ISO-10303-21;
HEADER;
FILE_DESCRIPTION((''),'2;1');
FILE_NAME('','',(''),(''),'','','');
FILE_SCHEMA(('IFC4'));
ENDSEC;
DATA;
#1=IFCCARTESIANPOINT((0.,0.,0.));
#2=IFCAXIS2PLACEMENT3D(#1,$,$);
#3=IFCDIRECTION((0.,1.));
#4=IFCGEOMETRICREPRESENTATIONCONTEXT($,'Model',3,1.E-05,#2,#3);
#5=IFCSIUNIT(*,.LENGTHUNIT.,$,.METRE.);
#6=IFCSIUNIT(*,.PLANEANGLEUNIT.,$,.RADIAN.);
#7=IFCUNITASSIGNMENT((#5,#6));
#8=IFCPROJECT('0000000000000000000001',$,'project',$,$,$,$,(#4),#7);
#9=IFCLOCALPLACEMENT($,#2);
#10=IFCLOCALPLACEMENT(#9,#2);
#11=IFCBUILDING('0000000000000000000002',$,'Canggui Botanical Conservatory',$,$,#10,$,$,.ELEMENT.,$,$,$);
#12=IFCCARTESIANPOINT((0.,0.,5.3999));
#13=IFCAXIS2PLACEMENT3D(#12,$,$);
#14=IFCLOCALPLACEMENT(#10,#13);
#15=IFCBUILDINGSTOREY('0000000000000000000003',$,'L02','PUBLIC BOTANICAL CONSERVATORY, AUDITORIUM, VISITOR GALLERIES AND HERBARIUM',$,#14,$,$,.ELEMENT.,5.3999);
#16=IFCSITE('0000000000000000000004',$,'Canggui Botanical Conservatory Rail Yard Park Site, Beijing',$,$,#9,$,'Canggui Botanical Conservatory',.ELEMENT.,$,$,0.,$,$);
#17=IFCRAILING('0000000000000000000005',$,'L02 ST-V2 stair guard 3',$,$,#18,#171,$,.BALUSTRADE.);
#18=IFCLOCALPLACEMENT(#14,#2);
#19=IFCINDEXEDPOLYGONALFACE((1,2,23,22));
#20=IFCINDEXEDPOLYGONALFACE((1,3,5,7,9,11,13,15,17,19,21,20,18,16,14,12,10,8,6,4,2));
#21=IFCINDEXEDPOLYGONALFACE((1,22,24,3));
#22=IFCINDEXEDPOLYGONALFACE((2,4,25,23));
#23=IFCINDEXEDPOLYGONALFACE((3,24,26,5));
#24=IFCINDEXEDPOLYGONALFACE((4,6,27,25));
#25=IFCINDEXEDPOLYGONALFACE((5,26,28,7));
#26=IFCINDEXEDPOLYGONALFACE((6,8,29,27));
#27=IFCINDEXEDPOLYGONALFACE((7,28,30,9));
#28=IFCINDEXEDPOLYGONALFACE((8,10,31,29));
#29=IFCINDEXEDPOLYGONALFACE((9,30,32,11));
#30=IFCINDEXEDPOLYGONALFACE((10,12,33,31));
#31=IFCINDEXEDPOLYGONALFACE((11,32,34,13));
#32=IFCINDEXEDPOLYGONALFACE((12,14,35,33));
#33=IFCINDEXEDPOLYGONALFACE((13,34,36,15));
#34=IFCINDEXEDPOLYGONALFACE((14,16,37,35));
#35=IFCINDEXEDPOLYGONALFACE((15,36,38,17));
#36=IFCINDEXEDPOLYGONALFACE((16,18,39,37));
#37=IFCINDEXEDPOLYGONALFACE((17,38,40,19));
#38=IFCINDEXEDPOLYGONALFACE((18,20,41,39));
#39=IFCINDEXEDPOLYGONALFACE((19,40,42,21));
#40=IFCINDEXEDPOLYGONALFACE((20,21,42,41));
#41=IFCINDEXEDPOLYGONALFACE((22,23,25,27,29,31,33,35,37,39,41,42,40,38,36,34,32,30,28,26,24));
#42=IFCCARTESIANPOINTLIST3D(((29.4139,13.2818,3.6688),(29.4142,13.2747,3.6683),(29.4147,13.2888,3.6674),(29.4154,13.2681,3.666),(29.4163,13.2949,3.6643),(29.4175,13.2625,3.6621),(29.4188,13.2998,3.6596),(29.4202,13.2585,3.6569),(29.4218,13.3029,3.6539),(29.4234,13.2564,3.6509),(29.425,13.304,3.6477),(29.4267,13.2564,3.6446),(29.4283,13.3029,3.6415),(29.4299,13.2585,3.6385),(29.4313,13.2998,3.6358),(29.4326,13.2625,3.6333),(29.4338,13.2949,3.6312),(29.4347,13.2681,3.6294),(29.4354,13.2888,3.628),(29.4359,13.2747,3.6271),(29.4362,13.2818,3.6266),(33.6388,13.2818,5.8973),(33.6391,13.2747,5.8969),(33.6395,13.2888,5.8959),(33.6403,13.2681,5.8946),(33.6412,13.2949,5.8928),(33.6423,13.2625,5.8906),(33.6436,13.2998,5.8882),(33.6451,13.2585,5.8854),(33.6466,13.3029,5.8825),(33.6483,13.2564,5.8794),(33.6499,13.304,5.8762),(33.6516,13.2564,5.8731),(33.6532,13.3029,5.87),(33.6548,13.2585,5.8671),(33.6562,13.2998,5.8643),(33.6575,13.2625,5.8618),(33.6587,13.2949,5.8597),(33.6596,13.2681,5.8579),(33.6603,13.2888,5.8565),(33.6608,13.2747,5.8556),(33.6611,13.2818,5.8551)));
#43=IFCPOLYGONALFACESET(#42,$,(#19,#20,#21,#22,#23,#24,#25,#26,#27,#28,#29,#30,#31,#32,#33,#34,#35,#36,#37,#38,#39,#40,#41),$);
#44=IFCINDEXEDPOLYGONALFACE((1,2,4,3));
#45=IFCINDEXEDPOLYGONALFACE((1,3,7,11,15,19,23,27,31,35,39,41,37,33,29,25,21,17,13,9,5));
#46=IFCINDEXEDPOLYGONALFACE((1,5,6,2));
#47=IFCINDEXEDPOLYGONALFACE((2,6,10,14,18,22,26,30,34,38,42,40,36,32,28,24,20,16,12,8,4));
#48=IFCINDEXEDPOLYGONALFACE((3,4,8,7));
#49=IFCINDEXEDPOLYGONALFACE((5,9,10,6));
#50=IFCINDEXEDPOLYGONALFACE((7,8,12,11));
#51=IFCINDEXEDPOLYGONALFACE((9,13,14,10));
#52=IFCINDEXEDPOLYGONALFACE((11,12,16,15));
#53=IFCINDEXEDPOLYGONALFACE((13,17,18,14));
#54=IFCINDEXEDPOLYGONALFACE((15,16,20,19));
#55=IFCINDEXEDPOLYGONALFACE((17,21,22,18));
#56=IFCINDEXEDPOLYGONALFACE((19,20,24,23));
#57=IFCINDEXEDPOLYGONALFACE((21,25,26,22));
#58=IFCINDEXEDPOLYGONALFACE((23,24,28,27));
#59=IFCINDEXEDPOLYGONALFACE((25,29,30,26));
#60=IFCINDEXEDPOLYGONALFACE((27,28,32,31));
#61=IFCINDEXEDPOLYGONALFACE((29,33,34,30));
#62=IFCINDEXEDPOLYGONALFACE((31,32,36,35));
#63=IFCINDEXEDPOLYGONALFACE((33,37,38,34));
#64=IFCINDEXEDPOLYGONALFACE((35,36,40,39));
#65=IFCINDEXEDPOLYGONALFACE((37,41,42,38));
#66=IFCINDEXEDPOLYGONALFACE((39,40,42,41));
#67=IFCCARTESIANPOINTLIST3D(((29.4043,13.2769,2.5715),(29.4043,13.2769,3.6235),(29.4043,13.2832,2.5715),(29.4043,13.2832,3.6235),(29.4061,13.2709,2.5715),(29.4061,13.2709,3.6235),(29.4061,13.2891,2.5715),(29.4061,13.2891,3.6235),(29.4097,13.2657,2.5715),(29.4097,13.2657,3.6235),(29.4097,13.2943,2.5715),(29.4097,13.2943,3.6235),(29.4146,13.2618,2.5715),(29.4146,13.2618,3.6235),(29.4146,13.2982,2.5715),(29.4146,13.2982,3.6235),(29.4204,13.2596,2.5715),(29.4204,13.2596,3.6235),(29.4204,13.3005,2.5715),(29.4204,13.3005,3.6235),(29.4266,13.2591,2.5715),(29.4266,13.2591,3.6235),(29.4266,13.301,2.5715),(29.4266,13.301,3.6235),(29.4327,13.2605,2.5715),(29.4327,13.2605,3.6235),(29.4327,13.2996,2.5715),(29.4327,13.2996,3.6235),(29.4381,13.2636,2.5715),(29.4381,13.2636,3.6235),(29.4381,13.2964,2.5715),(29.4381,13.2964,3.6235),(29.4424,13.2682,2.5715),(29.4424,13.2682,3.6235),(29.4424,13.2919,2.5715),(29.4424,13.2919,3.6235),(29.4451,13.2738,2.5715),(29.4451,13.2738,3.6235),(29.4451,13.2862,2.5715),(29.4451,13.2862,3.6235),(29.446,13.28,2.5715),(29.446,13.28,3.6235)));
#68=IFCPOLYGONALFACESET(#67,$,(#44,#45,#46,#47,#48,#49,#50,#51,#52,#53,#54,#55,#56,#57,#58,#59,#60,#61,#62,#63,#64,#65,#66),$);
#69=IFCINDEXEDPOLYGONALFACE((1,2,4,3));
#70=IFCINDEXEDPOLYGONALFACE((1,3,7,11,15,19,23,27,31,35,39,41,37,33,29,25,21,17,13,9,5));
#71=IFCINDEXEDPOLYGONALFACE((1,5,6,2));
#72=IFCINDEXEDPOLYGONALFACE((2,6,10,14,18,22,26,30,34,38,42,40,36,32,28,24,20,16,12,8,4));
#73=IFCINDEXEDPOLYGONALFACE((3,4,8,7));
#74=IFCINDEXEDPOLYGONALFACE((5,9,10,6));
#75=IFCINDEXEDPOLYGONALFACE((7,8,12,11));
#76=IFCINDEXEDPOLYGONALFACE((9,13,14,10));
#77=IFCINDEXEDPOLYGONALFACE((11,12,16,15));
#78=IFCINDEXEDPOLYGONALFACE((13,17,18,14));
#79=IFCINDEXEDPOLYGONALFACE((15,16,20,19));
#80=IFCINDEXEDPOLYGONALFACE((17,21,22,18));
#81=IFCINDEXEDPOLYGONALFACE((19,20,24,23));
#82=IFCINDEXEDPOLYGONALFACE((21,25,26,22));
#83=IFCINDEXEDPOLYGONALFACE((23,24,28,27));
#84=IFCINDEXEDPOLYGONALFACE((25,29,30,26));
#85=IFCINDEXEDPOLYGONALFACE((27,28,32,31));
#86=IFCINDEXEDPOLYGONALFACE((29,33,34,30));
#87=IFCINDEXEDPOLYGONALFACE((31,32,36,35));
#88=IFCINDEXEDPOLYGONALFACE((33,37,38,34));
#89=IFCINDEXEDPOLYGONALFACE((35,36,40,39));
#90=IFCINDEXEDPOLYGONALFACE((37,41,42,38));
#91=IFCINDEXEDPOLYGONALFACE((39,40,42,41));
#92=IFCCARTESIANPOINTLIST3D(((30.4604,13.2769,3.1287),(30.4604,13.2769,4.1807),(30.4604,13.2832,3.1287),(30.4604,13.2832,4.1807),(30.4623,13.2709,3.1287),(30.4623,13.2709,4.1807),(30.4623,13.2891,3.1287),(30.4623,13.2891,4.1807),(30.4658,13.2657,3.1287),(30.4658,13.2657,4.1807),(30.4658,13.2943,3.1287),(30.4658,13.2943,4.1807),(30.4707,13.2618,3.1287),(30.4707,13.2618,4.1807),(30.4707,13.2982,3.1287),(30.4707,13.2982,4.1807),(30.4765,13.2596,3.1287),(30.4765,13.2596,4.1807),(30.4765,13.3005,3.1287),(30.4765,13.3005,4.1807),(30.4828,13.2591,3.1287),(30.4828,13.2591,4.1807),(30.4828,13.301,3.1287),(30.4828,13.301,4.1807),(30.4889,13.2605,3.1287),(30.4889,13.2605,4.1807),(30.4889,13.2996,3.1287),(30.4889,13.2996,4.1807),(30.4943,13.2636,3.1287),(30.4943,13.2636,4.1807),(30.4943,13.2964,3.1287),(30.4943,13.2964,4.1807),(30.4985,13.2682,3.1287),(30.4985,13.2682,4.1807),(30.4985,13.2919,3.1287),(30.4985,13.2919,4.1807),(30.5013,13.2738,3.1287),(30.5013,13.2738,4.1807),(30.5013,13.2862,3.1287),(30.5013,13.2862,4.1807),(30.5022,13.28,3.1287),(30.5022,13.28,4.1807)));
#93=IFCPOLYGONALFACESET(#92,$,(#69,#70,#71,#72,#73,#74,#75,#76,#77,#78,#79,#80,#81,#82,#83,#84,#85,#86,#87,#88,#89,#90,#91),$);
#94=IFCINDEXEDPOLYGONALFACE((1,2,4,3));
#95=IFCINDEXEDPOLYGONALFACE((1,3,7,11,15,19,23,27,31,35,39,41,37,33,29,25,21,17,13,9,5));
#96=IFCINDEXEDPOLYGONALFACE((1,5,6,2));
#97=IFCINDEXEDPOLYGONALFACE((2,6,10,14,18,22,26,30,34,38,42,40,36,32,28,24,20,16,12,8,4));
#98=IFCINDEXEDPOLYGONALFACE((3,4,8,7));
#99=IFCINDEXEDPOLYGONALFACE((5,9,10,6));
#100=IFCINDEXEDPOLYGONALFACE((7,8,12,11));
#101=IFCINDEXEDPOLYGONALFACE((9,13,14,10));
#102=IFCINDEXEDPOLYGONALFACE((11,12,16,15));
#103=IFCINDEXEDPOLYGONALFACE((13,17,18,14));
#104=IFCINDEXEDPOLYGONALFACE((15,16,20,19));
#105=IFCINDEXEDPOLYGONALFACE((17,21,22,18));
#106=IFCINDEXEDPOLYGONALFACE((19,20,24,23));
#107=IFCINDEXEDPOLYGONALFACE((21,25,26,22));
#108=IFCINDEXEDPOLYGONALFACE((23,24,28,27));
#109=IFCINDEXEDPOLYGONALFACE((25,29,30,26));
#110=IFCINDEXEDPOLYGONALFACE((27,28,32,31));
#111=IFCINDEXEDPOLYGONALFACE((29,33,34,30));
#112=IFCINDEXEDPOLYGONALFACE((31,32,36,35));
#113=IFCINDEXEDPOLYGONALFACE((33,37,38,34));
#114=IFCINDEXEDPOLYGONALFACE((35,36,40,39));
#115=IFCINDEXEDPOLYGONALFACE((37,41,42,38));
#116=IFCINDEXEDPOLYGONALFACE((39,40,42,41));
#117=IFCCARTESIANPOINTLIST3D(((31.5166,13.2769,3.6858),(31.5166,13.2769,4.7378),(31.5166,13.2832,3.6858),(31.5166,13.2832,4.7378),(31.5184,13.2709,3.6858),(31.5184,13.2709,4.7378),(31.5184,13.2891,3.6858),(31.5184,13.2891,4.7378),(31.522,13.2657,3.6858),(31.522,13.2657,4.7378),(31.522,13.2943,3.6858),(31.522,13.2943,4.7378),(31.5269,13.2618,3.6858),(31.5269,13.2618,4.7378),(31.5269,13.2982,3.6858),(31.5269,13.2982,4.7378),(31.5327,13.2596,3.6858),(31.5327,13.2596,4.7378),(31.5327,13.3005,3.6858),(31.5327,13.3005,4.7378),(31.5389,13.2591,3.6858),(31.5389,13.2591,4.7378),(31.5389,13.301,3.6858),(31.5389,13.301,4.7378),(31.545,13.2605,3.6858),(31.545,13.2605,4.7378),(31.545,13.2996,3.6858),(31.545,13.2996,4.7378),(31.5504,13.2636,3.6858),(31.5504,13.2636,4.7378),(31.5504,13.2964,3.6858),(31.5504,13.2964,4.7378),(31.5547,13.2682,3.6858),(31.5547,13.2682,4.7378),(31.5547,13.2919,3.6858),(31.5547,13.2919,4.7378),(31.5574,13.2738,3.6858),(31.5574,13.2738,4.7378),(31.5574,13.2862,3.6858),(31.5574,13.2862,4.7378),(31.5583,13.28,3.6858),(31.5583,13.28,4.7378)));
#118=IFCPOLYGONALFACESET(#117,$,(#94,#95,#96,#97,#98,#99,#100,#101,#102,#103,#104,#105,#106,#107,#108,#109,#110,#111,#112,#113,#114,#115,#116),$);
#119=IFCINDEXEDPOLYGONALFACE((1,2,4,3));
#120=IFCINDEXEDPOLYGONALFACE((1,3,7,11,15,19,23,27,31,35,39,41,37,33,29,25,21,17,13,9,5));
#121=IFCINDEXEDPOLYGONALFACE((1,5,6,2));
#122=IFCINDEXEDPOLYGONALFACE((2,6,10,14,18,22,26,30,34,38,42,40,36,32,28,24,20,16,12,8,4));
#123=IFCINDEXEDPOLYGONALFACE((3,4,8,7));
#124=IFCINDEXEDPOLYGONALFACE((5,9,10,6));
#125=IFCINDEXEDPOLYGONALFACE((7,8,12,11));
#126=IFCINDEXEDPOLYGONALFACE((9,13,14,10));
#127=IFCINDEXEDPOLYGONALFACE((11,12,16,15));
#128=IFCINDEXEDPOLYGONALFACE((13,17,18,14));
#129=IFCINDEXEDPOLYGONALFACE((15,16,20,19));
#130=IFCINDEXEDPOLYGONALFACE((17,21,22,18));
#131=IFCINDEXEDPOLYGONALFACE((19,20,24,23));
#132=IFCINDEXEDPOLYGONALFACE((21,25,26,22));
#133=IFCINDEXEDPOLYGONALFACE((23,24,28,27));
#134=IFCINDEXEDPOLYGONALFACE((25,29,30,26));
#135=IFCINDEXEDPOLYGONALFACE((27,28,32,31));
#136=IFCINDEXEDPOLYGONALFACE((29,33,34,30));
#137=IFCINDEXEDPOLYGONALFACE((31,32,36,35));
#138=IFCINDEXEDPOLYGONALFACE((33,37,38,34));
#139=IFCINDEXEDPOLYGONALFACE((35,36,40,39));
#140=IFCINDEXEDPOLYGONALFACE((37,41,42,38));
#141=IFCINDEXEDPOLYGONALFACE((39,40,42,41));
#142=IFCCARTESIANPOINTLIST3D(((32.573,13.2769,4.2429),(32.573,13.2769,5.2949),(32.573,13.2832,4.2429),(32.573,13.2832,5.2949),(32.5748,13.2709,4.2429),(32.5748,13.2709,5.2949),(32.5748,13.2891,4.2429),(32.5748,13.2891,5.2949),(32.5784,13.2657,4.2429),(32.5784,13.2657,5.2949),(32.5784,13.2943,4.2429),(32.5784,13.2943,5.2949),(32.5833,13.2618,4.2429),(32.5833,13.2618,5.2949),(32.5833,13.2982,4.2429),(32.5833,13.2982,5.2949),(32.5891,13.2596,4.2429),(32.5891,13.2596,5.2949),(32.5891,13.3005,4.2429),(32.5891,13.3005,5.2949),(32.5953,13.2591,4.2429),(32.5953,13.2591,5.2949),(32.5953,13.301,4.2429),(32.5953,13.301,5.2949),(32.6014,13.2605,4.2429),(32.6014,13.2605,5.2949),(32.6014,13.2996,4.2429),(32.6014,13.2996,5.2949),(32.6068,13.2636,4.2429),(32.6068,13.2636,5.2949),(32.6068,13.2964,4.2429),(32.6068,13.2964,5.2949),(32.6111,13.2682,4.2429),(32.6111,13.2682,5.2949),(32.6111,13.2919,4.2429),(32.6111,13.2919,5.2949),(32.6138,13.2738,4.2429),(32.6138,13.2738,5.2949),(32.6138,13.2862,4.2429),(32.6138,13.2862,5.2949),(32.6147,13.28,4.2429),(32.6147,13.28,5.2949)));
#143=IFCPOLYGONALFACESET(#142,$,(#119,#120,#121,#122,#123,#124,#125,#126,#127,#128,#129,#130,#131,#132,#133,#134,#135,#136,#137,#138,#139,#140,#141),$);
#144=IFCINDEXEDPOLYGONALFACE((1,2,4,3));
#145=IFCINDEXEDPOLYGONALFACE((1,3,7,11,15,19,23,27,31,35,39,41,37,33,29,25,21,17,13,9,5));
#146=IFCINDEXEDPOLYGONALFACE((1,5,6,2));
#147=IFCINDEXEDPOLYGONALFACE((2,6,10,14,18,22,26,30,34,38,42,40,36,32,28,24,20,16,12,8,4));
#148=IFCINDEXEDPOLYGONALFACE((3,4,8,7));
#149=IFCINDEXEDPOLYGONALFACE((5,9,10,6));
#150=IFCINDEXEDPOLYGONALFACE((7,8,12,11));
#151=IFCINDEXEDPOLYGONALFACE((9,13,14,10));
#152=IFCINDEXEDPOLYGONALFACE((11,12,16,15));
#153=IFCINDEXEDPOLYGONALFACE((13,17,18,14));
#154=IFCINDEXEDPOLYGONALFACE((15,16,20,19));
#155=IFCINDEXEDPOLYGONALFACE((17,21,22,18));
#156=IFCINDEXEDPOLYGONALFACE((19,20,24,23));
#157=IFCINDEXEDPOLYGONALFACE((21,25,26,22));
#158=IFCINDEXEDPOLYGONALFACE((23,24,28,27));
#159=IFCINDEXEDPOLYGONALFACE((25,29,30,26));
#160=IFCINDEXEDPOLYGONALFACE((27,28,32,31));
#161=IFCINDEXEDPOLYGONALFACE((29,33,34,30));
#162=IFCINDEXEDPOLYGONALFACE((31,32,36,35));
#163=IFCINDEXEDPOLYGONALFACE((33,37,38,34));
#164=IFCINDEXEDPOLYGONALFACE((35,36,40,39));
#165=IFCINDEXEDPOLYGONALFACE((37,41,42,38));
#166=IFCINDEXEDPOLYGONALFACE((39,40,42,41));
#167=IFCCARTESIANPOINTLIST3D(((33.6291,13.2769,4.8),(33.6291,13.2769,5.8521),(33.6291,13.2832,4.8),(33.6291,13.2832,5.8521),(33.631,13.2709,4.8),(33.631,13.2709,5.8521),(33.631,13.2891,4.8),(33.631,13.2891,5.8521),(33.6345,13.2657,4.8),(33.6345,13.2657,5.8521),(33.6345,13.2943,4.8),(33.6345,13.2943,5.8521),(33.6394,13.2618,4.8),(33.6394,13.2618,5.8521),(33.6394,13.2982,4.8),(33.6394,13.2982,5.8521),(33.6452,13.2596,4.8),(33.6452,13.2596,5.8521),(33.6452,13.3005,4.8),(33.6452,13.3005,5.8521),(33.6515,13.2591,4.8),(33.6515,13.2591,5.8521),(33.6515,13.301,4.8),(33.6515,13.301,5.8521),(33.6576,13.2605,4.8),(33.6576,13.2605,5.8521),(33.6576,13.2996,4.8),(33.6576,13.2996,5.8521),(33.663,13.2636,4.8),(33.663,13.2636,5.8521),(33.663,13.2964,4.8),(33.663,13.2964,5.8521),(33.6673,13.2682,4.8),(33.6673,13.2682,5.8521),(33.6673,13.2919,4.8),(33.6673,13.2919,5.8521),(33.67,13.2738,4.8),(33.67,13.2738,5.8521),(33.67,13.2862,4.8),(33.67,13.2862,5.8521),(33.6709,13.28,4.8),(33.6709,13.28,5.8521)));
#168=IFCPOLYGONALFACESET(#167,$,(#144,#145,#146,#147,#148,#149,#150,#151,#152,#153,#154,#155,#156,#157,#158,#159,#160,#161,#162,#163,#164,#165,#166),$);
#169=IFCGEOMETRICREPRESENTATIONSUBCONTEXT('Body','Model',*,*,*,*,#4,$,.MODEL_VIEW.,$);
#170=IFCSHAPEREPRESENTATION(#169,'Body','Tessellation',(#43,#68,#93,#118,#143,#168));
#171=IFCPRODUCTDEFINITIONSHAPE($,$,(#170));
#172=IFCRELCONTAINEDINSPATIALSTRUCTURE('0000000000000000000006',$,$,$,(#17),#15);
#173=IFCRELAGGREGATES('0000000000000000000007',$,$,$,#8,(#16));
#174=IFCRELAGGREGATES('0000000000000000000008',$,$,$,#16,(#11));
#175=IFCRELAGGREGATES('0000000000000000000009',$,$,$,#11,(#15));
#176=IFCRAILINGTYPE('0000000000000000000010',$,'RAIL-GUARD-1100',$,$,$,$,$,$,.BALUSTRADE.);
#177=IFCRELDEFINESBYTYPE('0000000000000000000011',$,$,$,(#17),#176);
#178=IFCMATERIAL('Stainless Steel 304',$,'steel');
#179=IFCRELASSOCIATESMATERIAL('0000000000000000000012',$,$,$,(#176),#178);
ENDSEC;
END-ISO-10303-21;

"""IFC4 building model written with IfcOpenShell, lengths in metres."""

from ifc_helpers import new_model, si_unit, direction, frame, origin, origin_2d, place, context, subcontext, project, spatial, circle, extrude, material, type_object, element, save


model = new_model("IFC4")

# Units and contexts
model_context = context("Model", 3, precision=1e-05, world=origin(), true_north=direction((0.0, 1.0)))
body_context = subcontext(model_context, "Body", "Model", "MODEL_VIEW")
ifc_project = project(units=[si_unit("LENGTHUNIT", "METRE"), si_unit("PLANEANGLEUNIT", "RADIAN")], contexts=[model_context])

# Site, building, storey
site_placement = place(None, origin())
site = spatial("IfcSite", under=ifc_project, at=site_placement, Name="Canggui Botanical Conservatory Rail Yard Park Site, Beijing", LongName="Canggui Botanical Conservatory", CompositionType="ELEMENT", RefElevation=0.0)
building_placement = place(site_placement, origin())
building = spatial("IfcBuilding", under=site, at=building_placement, Name="Canggui Botanical Conservatory", CompositionType="ELEMENT")
storey_placement = place(building_placement, frame((0.0, 0.0, 5.3999)))
storey = spatial("IfcBuildingStorey", under=building, at=storey_placement, Name="L02", Description="PUBLIC BOTANICAL CONSERVATORY, AUDITORIUM, VISITOR GALLERIES AND HERBARIUM", CompositionType="ELEMENT", Elevation=5.3999)

# Railing
ifc_material_1 = material(Name="Stainless Steel 304", Category="steel")
railing_type_1 = type_object("IfcRailingType", Name="RAIL-GUARD-1100", PredefinedType="BALUSTRADE", material=ifc_material_1)
railing_1_placement = place(storey_placement, frame((29.425, 13.28, 2.5715)))
element("IfcRailing", 1, at=railing_1_placement, inside=storey, type_object=railing_type_1, Name="L02 ST-V2 stair guard 3", PredefinedType="BALUSTRADE", context=body_context, shape_type="SweptSolid", body=[
    extrude(circle(Radius=0.0239, at=origin_2d()), frame((0.0, 0.0, 1.0762), z_axis=(0.884494, 0.0, 0.466551), x_axis=(0.0, 1.0, 0.0)), (0.0, 0.0, 1.0), 4.7766),
    extrude(circle(Radius=0.021, at=origin_2d()), origin(), (0.0, 0.0, 1.0), 1.052),
    extrude(circle(Radius=0.021, at=origin_2d()), frame((1.0562, 0.0, 0.5571)), (0.0, 0.0, 1.0), 1.052),
    extrude(circle(Radius=0.021, at=origin_2d()), frame((2.1123, 0.0, 1.1143)), (0.0, 0.0, 1.0), 1.052),
    extrude(circle(Radius=0.021, at=origin_2d()), frame((3.1687, 0.0, 1.6714)), (0.0, 0.0, 1.0), 1.052),
    extrude(circle(Radius=0.021, at=origin_2d()), frame((4.2249, 0.0, 2.2285)), (0.0, 0.0, 1.0), 1.052),
])

save(model, "model.ifc")
